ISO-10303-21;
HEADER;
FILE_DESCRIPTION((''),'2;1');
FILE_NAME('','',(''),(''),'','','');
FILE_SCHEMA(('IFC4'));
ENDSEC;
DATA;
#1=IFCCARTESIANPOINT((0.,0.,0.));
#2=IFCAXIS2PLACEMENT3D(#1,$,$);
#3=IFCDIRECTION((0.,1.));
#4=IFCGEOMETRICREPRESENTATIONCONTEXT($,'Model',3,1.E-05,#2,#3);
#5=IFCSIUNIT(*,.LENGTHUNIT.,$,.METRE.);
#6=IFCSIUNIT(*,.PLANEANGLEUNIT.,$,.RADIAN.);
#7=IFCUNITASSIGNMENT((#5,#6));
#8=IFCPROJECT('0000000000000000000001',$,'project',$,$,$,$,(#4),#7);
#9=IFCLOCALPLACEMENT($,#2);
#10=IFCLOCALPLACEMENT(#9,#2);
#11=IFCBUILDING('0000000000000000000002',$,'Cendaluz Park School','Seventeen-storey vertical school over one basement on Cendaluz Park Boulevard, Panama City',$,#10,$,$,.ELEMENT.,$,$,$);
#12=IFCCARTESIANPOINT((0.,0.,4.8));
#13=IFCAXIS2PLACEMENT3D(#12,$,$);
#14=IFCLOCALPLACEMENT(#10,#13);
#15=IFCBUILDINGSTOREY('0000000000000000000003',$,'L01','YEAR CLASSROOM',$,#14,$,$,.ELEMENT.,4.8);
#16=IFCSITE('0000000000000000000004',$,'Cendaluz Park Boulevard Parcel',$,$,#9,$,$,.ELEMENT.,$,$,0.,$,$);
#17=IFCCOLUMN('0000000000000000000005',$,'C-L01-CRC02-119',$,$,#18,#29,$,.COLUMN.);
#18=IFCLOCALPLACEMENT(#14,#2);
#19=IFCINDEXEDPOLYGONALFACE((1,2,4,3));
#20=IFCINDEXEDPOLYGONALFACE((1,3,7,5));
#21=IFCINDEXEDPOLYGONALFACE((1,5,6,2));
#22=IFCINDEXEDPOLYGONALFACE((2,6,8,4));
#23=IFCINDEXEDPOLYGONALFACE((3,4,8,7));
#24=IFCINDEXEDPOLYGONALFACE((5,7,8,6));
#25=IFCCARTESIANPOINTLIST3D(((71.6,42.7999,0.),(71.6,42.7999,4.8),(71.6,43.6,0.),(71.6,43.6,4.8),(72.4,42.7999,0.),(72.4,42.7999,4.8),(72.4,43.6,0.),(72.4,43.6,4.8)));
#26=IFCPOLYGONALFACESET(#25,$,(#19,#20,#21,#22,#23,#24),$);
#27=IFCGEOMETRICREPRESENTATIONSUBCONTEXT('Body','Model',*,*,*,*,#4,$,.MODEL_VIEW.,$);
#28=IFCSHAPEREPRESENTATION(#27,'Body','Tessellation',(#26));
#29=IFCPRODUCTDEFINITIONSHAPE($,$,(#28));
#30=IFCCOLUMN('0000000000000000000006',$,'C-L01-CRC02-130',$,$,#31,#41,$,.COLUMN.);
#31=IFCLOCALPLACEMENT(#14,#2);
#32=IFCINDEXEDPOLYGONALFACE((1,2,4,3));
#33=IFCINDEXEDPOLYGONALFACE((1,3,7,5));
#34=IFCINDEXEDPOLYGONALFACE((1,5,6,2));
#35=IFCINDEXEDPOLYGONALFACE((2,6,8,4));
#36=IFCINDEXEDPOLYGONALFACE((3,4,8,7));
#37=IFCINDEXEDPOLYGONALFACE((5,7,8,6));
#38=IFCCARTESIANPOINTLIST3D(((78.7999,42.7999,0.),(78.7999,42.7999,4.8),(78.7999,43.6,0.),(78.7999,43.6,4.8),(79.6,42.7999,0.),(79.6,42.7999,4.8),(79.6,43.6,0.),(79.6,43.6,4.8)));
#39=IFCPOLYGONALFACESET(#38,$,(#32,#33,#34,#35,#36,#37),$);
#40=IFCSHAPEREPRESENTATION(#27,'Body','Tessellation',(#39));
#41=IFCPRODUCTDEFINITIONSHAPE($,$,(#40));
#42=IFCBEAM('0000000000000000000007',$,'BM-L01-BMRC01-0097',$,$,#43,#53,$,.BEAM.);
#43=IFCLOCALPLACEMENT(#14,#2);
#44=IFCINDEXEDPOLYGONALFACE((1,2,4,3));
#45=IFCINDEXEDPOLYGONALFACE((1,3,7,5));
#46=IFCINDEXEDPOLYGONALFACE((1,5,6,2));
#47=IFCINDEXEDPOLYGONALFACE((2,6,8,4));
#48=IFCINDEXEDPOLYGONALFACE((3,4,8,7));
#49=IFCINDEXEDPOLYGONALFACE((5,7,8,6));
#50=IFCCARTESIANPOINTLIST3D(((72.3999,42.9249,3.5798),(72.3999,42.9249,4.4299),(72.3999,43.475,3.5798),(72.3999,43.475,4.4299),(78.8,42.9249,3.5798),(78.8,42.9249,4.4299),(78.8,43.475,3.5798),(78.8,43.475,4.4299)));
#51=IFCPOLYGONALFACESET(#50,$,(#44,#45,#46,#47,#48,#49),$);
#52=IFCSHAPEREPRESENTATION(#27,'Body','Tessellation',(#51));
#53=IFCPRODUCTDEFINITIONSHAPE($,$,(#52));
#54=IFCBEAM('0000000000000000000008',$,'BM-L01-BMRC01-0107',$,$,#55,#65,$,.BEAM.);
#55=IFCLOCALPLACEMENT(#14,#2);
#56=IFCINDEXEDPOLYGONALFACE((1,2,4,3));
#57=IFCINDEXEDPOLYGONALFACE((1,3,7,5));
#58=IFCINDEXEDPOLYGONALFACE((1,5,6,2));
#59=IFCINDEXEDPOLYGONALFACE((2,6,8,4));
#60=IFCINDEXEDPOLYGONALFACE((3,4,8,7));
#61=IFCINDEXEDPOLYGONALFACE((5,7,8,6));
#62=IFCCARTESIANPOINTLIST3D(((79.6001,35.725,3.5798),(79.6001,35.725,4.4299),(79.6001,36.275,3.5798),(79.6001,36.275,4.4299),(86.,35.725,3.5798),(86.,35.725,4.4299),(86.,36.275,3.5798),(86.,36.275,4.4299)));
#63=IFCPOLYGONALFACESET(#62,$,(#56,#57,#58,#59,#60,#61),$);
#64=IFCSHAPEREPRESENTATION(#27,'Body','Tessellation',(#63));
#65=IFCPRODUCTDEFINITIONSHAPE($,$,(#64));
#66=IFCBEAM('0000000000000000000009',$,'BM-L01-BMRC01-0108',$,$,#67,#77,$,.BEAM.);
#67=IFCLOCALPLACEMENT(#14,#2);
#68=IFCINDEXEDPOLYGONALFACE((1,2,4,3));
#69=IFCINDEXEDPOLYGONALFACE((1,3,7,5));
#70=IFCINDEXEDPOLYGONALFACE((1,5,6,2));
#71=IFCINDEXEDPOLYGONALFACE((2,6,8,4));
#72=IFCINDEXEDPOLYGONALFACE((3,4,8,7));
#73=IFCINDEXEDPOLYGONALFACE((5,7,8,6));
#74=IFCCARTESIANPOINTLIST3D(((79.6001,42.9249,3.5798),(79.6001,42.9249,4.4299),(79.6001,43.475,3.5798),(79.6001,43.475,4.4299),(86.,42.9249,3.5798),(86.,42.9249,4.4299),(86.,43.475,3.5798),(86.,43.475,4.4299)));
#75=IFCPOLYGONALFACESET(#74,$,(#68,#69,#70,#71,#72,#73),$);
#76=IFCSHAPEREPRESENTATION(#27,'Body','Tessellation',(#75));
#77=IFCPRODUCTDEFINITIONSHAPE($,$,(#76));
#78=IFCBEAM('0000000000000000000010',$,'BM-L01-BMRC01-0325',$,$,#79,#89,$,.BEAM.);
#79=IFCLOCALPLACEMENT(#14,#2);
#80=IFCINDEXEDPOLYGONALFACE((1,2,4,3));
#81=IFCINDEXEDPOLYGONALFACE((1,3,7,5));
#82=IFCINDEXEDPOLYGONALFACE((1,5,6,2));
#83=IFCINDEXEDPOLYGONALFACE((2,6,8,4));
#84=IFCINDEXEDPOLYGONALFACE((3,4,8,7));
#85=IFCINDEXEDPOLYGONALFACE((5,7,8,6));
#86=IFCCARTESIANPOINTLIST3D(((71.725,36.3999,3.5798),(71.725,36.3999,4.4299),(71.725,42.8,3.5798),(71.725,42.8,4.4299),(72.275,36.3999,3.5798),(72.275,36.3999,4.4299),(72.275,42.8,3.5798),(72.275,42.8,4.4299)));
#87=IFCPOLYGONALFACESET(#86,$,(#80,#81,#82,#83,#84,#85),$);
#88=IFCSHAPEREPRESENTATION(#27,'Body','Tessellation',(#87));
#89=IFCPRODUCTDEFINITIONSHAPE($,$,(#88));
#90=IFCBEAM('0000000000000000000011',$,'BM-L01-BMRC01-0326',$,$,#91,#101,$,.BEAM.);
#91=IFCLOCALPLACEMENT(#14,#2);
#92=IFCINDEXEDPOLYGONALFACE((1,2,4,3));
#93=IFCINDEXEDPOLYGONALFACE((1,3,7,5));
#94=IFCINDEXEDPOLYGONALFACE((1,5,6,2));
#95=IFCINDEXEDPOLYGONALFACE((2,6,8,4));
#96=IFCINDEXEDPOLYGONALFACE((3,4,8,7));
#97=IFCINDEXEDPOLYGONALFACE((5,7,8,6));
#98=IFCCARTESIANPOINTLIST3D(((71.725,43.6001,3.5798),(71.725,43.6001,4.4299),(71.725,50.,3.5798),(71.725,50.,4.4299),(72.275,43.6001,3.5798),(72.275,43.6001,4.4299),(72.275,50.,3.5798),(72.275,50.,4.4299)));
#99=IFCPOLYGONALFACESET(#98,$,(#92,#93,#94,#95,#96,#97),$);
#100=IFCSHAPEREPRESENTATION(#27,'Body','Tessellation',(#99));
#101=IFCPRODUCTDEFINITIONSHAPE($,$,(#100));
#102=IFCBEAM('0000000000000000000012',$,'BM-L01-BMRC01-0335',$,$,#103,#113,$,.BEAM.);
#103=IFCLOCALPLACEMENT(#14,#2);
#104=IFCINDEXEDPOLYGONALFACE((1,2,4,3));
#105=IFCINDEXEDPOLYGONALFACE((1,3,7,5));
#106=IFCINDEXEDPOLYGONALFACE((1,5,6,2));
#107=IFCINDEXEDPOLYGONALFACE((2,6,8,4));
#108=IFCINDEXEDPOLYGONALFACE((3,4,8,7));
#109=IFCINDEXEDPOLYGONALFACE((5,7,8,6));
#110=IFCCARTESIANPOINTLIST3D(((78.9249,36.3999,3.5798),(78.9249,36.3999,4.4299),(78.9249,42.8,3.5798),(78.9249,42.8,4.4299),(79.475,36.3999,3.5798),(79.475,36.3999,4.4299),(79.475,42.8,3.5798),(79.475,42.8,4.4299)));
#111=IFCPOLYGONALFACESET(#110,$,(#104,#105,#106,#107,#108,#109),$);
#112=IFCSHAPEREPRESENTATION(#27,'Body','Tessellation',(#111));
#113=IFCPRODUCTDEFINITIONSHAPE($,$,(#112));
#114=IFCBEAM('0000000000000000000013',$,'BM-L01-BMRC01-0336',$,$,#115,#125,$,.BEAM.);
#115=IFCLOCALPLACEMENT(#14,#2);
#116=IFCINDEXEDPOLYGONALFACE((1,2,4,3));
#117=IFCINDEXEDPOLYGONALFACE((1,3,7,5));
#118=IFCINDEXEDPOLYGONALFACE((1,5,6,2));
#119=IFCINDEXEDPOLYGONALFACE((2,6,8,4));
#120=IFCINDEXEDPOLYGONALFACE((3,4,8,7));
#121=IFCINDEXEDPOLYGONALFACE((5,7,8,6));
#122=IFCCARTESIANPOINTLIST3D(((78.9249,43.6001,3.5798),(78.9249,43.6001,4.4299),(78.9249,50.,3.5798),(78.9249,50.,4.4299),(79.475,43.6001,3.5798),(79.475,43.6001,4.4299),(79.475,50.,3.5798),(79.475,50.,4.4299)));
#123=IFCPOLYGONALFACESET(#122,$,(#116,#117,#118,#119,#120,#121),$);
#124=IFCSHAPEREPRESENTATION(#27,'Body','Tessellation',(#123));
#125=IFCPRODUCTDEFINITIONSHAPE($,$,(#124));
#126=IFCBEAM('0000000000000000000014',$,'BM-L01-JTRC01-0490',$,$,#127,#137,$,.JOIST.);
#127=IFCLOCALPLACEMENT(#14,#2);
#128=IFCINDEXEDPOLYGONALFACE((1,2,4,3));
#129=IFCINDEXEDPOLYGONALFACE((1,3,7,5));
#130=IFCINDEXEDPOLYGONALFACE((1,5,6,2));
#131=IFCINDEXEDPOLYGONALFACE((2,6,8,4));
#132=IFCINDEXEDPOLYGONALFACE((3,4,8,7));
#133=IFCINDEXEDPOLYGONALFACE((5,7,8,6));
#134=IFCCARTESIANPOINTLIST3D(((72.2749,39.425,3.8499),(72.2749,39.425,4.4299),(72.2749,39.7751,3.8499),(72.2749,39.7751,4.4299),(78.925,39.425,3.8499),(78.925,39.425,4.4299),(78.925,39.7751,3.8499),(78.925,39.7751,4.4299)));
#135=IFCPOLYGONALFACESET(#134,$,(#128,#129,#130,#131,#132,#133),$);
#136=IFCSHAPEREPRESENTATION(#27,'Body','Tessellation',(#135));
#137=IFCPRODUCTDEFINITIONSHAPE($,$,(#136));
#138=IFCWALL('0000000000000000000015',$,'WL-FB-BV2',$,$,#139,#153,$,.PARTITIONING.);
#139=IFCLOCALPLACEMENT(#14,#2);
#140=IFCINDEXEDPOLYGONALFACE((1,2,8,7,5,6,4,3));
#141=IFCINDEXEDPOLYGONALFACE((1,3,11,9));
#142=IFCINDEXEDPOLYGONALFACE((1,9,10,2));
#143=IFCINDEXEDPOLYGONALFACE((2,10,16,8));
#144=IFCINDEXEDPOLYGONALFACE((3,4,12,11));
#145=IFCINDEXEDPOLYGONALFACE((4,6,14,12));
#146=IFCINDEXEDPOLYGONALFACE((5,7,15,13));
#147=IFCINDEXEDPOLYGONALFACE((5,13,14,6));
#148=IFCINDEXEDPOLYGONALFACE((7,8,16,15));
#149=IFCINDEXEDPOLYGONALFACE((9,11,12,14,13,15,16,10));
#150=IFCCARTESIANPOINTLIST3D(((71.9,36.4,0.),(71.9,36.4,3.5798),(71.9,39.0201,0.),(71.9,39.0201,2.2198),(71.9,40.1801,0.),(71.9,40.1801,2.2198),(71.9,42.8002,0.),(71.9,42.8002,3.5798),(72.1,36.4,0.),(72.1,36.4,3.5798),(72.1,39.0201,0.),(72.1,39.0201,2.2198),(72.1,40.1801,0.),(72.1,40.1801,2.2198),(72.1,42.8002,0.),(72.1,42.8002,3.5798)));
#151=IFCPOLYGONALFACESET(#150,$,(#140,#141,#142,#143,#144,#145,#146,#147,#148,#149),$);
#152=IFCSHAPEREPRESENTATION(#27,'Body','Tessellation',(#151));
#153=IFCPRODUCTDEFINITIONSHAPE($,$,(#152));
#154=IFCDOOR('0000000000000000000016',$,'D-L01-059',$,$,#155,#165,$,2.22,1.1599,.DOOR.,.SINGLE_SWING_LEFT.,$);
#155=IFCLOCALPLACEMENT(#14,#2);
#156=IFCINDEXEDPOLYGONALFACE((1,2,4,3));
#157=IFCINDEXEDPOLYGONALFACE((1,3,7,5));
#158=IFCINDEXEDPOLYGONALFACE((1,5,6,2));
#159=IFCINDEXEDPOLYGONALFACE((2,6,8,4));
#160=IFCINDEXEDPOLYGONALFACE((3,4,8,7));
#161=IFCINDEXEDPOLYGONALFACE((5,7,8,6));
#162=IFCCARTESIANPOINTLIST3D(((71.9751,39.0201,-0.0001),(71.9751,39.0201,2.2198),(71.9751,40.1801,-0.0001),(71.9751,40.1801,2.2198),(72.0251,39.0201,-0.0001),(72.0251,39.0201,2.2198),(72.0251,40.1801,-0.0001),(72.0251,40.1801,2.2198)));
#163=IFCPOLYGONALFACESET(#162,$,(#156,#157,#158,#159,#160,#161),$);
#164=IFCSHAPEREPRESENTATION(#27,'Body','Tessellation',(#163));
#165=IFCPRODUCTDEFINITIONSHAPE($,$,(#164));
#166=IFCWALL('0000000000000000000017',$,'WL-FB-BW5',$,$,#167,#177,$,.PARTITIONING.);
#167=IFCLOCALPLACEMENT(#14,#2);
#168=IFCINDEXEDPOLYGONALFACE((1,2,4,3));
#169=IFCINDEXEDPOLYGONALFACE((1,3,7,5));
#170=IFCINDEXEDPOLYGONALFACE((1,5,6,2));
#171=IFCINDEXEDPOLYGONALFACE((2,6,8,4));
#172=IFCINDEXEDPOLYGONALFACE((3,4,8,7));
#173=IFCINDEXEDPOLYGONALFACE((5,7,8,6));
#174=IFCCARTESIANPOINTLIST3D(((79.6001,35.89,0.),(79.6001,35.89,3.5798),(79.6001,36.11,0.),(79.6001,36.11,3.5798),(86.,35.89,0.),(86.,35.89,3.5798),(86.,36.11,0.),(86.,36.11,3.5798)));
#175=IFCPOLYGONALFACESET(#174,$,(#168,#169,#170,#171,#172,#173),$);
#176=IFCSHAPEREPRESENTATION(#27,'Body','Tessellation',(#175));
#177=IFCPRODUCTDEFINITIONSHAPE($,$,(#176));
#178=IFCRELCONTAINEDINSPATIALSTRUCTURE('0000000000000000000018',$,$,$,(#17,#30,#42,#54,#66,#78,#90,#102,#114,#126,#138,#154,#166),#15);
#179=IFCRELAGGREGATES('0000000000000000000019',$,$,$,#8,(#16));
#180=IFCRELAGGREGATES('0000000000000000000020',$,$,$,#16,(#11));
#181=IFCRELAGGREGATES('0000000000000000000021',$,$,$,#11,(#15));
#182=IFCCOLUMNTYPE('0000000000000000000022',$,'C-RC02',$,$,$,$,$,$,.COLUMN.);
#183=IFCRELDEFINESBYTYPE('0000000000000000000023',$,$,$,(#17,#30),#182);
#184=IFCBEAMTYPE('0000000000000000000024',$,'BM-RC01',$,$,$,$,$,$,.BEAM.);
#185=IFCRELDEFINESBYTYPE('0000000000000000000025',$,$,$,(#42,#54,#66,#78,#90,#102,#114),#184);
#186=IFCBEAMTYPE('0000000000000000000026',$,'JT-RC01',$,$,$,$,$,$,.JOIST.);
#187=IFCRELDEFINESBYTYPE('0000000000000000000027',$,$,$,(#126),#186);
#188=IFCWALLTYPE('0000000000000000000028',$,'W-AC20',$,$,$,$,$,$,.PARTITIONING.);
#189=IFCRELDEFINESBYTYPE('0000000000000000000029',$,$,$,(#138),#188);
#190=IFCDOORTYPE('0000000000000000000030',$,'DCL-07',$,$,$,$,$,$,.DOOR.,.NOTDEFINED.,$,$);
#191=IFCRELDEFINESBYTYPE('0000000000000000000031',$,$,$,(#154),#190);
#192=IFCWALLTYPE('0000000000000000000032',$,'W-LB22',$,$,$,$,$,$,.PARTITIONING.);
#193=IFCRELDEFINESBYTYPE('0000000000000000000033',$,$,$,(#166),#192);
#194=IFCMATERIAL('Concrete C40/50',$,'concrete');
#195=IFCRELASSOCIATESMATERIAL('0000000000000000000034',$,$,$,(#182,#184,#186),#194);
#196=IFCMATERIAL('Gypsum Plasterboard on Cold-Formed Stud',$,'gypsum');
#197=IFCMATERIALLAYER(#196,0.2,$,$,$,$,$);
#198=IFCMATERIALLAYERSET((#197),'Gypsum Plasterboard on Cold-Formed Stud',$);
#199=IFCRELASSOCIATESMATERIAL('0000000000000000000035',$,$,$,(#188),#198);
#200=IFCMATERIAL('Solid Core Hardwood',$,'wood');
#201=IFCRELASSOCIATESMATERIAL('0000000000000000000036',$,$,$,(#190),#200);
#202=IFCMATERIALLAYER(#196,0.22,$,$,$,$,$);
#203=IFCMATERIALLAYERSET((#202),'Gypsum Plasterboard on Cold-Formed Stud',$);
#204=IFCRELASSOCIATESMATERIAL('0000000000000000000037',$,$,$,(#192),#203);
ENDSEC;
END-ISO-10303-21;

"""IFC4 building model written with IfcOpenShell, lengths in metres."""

from ifc_helpers import new_model, si_unit, direction, frame, frame_2d, origin, origin_2d, place, context, subcontext, project, spatial, rectangle, extrude, material, layer, layer_set, material_profile, profile_set, type_object, element, fill, save


model = new_model("IFC4")

# Units and contexts
model_context = context("Model", 3, precision=1e-05, world=origin(), true_north=direction((0.0, 1.0)))
body_context = subcontext(model_context, "Body", "Model", "MODEL_VIEW")
ifc_project = project(units=[si_unit("LENGTHUNIT", "METRE"), si_unit("PLANEANGLEUNIT", "RADIAN")], contexts=[model_context])

# Site, building, storey
site_placement = place(None, origin())
site = spatial("IfcSite", under=ifc_project, at=site_placement, Name="Cendaluz Park Boulevard Parcel", CompositionType="ELEMENT", RefElevation=0.0)
building_placement = place(site_placement, origin())
building = spatial("IfcBuilding", under=site, at=building_placement, Name="Cendaluz Park School", Description="Seventeen-storey vertical school over one basement on Cendaluz Park Boulevard, Panama City", CompositionType="ELEMENT")
storey_placement = place(building_placement, frame((0.0, 0.0, 4.8)))
storey = spatial("IfcBuildingStorey", under=building, at=storey_placement, Name="L01", Description="YEAR CLASSROOM", CompositionType="ELEMENT", Elevation=4.8)

# Columns
ifc_material_1 = material(Name="Concrete C40/50", Category="concrete")
ifc_material_profile_1 = material_profile(ifc_material_1, rectangle(XDim=0.8, YDim=0.8, at=origin_2d()), Name="RC 800x800", Category="concrete")
ifc_profile_set_1 = profile_set([ifc_material_profile_1], Name="Concrete C40/50")
column_type = type_object("IfcColumnType", Name="C-RC02", PredefinedType="COLUMN", material=ifc_profile_set_1)
for number, where, z_axis, x_axis, name in (
    (1, (72.0, 43.2, 0.0), (0.0, 0.0, 1.0), (1.0, 0.0, 0.0), "C-L01-CRC02-119"),
    (2, (79.2, 43.2, 0.0), (0.0, 0.0, 1.0), (1.0, 0.0, 0.0), "C-L01-CRC02-130"),
):
    element("IfcColumn", number, at=place(storey_placement, frame(where, z_axis=z_axis, x_axis=x_axis)), inside=storey, type_object=column_type, Name=name, PredefinedType="COLUMN", context=body_context, shape_type="SweptSolid", body=[
        extrude(rectangle(XDim=0.8, YDim=0.8, at=origin_2d()), origin(), (0.0, 0.0, 1.0), 4.8),
    ])

# Beams
ifc_material_profile_2 = material_profile(ifc_material_1, rectangle(XDim=0.55, YDim=0.8501, at=origin_2d()), Name="RC 550x850", Category="concrete")
ifc_profile_set_2 = profile_set([ifc_material_profile_2], Name="Concrete C40/50")
beam_type_1 = type_object("IfcBeamType", Name="BM-RC01", PredefinedType="BEAM", material=ifc_profile_set_2)
beam_1_placement = place(storey_placement, frame((72.3999, 43.2, 4.0049), z_axis=(1.0, 0.0, 0.0), x_axis=(0.0, 1.0, 0.0)))
element("IfcBeam", 3, at=beam_1_placement, inside=storey, type_object=beam_type_1, Name="BM-L01-BMRC01-0097", PredefinedType="BEAM", context=body_context, shape_type="SweptSolid", body=[
    extrude(rectangle(XDim=0.55, YDim=0.8501, at=origin_2d()), origin(), (0.0, 0.0, 1.0), 6.4001),
])
for number, where, z_axis, x_axis, name in (
    (4, (79.6001, 36.0, 4.0049), (1.0, 0.0, 0.0), (0.0, 1.0, 0.0), "BM-L01-BMRC01-0107"),
    (5, (79.6001, 43.2, 4.0049), (1.0, 0.0, 0.0), (0.0, 1.0, 0.0), "BM-L01-BMRC01-0108"),
):
    element("IfcBeam", number, at=place(storey_placement, frame(where, z_axis=z_axis, x_axis=x_axis)), inside=storey, type_object=beam_type_1, Name=name, PredefinedType="BEAM", context=body_context, shape_type="SweptSolid", body=[
        extrude(rectangle(XDim=0.55, YDim=0.8501, at=origin_2d()), origin(), (0.0, 0.0, 1.0), 6.3999),
    ])
beam_2_placement = place(storey_placement, frame((72.0, 36.3999, 4.0049), z_axis=(0.0, 1.0, 0.0), x_axis=(-1.0, 0.0, 0.0)))
element("IfcBeam", 6, at=beam_2_placement, inside=storey, type_object=beam_type_1, Name="BM-L01-BMRC01-0325", PredefinedType="BEAM", context=body_context, shape_type="SweptSolid", body=[
    extrude(rectangle(XDim=0.55, YDim=0.8501, at=origin_2d()), origin(), (0.0, 0.0, 1.0), 6.4001),
])
beam_3_placement = place(storey_placement, frame((72.0, 43.6001, 4.0049), z_axis=(0.0, 1.0, 0.0), x_axis=(-1.0, 0.0, 0.0)))
element("IfcBeam", 7, at=beam_3_placement, inside=storey, type_object=beam_type_1, Name="BM-L01-BMRC01-0326", PredefinedType="BEAM", context=body_context, shape_type="SweptSolid", body=[
    extrude(rectangle(XDim=0.55, YDim=0.8501, at=origin_2d()), origin(), (0.0, 0.0, 1.0), 6.3999),
])
beam_4_placement = place(storey_placement, frame((79.2, 36.3999, 4.0049), z_axis=(0.0, 1.0, 0.0), x_axis=(-1.0, 0.0, 0.0)))
element("IfcBeam", 8, at=beam_4_placement, inside=storey, type_object=beam_type_1, Name="BM-L01-BMRC01-0335", PredefinedType="BEAM", context=body_context, shape_type="SweptSolid", body=[
    extrude(rectangle(XDim=0.55, YDim=0.8501, at=origin_2d()), origin(), (0.0, 0.0, 1.0), 6.4001),
])
beam_5_placement = place(storey_placement, frame((79.2, 43.6001, 4.0049), z_axis=(0.0, 1.0, 0.0), x_axis=(-1.0, 0.0, 0.0)))
element("IfcBeam", 9, at=beam_5_placement, inside=storey, type_object=beam_type_1, Name="BM-L01-BMRC01-0336", PredefinedType="BEAM", context=body_context, shape_type="SweptSolid", body=[
    extrude(rectangle(XDim=0.55, YDim=0.8501, at=origin_2d()), origin(), (0.0, 0.0, 1.0), 6.3999),
])
ifc_material_profile_3 = material_profile(ifc_material_1, rectangle(XDim=0.3501, YDim=0.5801, at=origin_2d()), Name="RC 350x580", Category="concrete")
ifc_profile_set_3 = profile_set([ifc_material_profile_3], Name="Concrete C40/50")
beam_type_2 = type_object("IfcBeamType", Name="JT-RC01", PredefinedType="JOIST", material=ifc_profile_set_3)
beam_6_placement = place(storey_placement, frame((72.2749, 39.6001, 4.1399), z_axis=(1.0, 0.0, 0.0), x_axis=(0.0, 1.0, 0.0)))
element("IfcBeam", 10, at=beam_6_placement, inside=storey, type_object=beam_type_2, Name="BM-L01-JTRC01-0490", PredefinedType="JOIST", context=body_context, shape_type="SweptSolid", body=[
    extrude(rectangle(XDim=0.3501, YDim=0.5801, at=origin_2d()), origin(), (0.0, 0.0, 1.0), 6.6501),
])

# Wall, opening, door
ifc_material_2 = material(Name="Gypsum Plasterboard on Cold-Formed Stud", Category="gypsum")
ifc_layer_1 = layer(ifc_material_2, 0.2)
ifc_layer_set_1 = layer_set([ifc_layer_1], Name="Gypsum Plasterboard on Cold-Formed Stud")
wall_type_1 = type_object("IfcWallType", Name="W-AC20", PredefinedType="PARTITIONING", material=ifc_layer_set_1)
wall_1_placement = place(storey_placement, frame((72.0, 36.3999, 0.0), z_axis=(0.0, 0.0, 1.0), x_axis=(0.0, 1.0, 0.0)))
wall_1 = element("IfcWall", 11, at=wall_1_placement, inside=storey, type_object=wall_type_1, Name="WL-FB-BV2", PredefinedType="PARTITIONING", context=body_context, shape_type="SweptSolid", body=[
    extrude(rectangle(XDim=6.4001, YDim=0.2, at=frame_2d((3.2002, 0.0))), origin(), (0.0, 0.0, 1.0), 3.5798),
])
opening_1_placement = place(wall_1_placement, frame((2.6201, 0.0, 0.0)))
opening_1 = element("IfcOpeningElement", 12, at=opening_1_placement, cuts=wall_1, PredefinedType="OPENING", context=body_context, shape_type="SweptSolid", body=[
    extrude(rectangle(XDim=1.1599, YDim=2.22, at=frame_2d((0.5801, 1.1099))), frame((0.0, 0.1121, 0.0), z_axis=(0.0, -1.0, 0.0), x_axis=(1.0, 0.0, 0.0)), (0.0, 0.0, 1.0), 0.2239),
])
ifc_material_3 = material(Name="Solid Core Hardwood", Category="wood")
door_type_1 = type_object("IfcDoorType", Name="DCL-07", OperationType="NOTDEFINED", PredefinedType="DOOR", material=ifc_material_3)
door_1_placement = place(opening_1_placement, origin())
door_1 = element("IfcDoor", 13, at=door_1_placement, inside=storey, type_object=door_type_1, Name="D-L01-059", OperationType="SINGLE_SWING_LEFT", OverallHeight=2.22, OverallWidth=1.1599, PredefinedType="DOOR", context=body_context, shape_type="SweptSolid", body=[
    extrude(rectangle(XDim=1.1599, YDim=2.22, at=frame_2d((0.5801, 1.1099))), frame((0.0, 0.0249, 0.0), z_axis=(0.0, -1.0, 0.0), x_axis=(1.0, 0.0, 0.0)), (0.0, 0.0, 1.0), 0.05),
])
fill(opening_1, door_1)

# Wall
ifc_layer_2 = layer(ifc_material_2, 0.22)
ifc_layer_set_2 = layer_set([ifc_layer_2], Name="Gypsum Plasterboard on Cold-Formed Stud")
wall_type_2 = type_object("IfcWallType", Name="W-LB22", PredefinedType="PARTITIONING", material=ifc_layer_set_2)
wall_2_placement = place(storey_placement, frame((79.6001, 36.0, 0.0), z_axis=(0.0, 0.0, 1.0), x_axis=(1.0, 0.0, 0.0)))
element("IfcWall", 14, at=wall_2_placement, inside=storey, type_object=wall_type_2, Name="WL-FB-BW5", PredefinedType="PARTITIONING", context=body_context, shape_type="SweptSolid", body=[
    extrude(rectangle(XDim=6.3999, YDim=0.22, at=frame_2d((3.2, 0.0))), origin(), (0.0, 0.0, 1.0), 3.5798),
])

save(model, "model.ifc")
